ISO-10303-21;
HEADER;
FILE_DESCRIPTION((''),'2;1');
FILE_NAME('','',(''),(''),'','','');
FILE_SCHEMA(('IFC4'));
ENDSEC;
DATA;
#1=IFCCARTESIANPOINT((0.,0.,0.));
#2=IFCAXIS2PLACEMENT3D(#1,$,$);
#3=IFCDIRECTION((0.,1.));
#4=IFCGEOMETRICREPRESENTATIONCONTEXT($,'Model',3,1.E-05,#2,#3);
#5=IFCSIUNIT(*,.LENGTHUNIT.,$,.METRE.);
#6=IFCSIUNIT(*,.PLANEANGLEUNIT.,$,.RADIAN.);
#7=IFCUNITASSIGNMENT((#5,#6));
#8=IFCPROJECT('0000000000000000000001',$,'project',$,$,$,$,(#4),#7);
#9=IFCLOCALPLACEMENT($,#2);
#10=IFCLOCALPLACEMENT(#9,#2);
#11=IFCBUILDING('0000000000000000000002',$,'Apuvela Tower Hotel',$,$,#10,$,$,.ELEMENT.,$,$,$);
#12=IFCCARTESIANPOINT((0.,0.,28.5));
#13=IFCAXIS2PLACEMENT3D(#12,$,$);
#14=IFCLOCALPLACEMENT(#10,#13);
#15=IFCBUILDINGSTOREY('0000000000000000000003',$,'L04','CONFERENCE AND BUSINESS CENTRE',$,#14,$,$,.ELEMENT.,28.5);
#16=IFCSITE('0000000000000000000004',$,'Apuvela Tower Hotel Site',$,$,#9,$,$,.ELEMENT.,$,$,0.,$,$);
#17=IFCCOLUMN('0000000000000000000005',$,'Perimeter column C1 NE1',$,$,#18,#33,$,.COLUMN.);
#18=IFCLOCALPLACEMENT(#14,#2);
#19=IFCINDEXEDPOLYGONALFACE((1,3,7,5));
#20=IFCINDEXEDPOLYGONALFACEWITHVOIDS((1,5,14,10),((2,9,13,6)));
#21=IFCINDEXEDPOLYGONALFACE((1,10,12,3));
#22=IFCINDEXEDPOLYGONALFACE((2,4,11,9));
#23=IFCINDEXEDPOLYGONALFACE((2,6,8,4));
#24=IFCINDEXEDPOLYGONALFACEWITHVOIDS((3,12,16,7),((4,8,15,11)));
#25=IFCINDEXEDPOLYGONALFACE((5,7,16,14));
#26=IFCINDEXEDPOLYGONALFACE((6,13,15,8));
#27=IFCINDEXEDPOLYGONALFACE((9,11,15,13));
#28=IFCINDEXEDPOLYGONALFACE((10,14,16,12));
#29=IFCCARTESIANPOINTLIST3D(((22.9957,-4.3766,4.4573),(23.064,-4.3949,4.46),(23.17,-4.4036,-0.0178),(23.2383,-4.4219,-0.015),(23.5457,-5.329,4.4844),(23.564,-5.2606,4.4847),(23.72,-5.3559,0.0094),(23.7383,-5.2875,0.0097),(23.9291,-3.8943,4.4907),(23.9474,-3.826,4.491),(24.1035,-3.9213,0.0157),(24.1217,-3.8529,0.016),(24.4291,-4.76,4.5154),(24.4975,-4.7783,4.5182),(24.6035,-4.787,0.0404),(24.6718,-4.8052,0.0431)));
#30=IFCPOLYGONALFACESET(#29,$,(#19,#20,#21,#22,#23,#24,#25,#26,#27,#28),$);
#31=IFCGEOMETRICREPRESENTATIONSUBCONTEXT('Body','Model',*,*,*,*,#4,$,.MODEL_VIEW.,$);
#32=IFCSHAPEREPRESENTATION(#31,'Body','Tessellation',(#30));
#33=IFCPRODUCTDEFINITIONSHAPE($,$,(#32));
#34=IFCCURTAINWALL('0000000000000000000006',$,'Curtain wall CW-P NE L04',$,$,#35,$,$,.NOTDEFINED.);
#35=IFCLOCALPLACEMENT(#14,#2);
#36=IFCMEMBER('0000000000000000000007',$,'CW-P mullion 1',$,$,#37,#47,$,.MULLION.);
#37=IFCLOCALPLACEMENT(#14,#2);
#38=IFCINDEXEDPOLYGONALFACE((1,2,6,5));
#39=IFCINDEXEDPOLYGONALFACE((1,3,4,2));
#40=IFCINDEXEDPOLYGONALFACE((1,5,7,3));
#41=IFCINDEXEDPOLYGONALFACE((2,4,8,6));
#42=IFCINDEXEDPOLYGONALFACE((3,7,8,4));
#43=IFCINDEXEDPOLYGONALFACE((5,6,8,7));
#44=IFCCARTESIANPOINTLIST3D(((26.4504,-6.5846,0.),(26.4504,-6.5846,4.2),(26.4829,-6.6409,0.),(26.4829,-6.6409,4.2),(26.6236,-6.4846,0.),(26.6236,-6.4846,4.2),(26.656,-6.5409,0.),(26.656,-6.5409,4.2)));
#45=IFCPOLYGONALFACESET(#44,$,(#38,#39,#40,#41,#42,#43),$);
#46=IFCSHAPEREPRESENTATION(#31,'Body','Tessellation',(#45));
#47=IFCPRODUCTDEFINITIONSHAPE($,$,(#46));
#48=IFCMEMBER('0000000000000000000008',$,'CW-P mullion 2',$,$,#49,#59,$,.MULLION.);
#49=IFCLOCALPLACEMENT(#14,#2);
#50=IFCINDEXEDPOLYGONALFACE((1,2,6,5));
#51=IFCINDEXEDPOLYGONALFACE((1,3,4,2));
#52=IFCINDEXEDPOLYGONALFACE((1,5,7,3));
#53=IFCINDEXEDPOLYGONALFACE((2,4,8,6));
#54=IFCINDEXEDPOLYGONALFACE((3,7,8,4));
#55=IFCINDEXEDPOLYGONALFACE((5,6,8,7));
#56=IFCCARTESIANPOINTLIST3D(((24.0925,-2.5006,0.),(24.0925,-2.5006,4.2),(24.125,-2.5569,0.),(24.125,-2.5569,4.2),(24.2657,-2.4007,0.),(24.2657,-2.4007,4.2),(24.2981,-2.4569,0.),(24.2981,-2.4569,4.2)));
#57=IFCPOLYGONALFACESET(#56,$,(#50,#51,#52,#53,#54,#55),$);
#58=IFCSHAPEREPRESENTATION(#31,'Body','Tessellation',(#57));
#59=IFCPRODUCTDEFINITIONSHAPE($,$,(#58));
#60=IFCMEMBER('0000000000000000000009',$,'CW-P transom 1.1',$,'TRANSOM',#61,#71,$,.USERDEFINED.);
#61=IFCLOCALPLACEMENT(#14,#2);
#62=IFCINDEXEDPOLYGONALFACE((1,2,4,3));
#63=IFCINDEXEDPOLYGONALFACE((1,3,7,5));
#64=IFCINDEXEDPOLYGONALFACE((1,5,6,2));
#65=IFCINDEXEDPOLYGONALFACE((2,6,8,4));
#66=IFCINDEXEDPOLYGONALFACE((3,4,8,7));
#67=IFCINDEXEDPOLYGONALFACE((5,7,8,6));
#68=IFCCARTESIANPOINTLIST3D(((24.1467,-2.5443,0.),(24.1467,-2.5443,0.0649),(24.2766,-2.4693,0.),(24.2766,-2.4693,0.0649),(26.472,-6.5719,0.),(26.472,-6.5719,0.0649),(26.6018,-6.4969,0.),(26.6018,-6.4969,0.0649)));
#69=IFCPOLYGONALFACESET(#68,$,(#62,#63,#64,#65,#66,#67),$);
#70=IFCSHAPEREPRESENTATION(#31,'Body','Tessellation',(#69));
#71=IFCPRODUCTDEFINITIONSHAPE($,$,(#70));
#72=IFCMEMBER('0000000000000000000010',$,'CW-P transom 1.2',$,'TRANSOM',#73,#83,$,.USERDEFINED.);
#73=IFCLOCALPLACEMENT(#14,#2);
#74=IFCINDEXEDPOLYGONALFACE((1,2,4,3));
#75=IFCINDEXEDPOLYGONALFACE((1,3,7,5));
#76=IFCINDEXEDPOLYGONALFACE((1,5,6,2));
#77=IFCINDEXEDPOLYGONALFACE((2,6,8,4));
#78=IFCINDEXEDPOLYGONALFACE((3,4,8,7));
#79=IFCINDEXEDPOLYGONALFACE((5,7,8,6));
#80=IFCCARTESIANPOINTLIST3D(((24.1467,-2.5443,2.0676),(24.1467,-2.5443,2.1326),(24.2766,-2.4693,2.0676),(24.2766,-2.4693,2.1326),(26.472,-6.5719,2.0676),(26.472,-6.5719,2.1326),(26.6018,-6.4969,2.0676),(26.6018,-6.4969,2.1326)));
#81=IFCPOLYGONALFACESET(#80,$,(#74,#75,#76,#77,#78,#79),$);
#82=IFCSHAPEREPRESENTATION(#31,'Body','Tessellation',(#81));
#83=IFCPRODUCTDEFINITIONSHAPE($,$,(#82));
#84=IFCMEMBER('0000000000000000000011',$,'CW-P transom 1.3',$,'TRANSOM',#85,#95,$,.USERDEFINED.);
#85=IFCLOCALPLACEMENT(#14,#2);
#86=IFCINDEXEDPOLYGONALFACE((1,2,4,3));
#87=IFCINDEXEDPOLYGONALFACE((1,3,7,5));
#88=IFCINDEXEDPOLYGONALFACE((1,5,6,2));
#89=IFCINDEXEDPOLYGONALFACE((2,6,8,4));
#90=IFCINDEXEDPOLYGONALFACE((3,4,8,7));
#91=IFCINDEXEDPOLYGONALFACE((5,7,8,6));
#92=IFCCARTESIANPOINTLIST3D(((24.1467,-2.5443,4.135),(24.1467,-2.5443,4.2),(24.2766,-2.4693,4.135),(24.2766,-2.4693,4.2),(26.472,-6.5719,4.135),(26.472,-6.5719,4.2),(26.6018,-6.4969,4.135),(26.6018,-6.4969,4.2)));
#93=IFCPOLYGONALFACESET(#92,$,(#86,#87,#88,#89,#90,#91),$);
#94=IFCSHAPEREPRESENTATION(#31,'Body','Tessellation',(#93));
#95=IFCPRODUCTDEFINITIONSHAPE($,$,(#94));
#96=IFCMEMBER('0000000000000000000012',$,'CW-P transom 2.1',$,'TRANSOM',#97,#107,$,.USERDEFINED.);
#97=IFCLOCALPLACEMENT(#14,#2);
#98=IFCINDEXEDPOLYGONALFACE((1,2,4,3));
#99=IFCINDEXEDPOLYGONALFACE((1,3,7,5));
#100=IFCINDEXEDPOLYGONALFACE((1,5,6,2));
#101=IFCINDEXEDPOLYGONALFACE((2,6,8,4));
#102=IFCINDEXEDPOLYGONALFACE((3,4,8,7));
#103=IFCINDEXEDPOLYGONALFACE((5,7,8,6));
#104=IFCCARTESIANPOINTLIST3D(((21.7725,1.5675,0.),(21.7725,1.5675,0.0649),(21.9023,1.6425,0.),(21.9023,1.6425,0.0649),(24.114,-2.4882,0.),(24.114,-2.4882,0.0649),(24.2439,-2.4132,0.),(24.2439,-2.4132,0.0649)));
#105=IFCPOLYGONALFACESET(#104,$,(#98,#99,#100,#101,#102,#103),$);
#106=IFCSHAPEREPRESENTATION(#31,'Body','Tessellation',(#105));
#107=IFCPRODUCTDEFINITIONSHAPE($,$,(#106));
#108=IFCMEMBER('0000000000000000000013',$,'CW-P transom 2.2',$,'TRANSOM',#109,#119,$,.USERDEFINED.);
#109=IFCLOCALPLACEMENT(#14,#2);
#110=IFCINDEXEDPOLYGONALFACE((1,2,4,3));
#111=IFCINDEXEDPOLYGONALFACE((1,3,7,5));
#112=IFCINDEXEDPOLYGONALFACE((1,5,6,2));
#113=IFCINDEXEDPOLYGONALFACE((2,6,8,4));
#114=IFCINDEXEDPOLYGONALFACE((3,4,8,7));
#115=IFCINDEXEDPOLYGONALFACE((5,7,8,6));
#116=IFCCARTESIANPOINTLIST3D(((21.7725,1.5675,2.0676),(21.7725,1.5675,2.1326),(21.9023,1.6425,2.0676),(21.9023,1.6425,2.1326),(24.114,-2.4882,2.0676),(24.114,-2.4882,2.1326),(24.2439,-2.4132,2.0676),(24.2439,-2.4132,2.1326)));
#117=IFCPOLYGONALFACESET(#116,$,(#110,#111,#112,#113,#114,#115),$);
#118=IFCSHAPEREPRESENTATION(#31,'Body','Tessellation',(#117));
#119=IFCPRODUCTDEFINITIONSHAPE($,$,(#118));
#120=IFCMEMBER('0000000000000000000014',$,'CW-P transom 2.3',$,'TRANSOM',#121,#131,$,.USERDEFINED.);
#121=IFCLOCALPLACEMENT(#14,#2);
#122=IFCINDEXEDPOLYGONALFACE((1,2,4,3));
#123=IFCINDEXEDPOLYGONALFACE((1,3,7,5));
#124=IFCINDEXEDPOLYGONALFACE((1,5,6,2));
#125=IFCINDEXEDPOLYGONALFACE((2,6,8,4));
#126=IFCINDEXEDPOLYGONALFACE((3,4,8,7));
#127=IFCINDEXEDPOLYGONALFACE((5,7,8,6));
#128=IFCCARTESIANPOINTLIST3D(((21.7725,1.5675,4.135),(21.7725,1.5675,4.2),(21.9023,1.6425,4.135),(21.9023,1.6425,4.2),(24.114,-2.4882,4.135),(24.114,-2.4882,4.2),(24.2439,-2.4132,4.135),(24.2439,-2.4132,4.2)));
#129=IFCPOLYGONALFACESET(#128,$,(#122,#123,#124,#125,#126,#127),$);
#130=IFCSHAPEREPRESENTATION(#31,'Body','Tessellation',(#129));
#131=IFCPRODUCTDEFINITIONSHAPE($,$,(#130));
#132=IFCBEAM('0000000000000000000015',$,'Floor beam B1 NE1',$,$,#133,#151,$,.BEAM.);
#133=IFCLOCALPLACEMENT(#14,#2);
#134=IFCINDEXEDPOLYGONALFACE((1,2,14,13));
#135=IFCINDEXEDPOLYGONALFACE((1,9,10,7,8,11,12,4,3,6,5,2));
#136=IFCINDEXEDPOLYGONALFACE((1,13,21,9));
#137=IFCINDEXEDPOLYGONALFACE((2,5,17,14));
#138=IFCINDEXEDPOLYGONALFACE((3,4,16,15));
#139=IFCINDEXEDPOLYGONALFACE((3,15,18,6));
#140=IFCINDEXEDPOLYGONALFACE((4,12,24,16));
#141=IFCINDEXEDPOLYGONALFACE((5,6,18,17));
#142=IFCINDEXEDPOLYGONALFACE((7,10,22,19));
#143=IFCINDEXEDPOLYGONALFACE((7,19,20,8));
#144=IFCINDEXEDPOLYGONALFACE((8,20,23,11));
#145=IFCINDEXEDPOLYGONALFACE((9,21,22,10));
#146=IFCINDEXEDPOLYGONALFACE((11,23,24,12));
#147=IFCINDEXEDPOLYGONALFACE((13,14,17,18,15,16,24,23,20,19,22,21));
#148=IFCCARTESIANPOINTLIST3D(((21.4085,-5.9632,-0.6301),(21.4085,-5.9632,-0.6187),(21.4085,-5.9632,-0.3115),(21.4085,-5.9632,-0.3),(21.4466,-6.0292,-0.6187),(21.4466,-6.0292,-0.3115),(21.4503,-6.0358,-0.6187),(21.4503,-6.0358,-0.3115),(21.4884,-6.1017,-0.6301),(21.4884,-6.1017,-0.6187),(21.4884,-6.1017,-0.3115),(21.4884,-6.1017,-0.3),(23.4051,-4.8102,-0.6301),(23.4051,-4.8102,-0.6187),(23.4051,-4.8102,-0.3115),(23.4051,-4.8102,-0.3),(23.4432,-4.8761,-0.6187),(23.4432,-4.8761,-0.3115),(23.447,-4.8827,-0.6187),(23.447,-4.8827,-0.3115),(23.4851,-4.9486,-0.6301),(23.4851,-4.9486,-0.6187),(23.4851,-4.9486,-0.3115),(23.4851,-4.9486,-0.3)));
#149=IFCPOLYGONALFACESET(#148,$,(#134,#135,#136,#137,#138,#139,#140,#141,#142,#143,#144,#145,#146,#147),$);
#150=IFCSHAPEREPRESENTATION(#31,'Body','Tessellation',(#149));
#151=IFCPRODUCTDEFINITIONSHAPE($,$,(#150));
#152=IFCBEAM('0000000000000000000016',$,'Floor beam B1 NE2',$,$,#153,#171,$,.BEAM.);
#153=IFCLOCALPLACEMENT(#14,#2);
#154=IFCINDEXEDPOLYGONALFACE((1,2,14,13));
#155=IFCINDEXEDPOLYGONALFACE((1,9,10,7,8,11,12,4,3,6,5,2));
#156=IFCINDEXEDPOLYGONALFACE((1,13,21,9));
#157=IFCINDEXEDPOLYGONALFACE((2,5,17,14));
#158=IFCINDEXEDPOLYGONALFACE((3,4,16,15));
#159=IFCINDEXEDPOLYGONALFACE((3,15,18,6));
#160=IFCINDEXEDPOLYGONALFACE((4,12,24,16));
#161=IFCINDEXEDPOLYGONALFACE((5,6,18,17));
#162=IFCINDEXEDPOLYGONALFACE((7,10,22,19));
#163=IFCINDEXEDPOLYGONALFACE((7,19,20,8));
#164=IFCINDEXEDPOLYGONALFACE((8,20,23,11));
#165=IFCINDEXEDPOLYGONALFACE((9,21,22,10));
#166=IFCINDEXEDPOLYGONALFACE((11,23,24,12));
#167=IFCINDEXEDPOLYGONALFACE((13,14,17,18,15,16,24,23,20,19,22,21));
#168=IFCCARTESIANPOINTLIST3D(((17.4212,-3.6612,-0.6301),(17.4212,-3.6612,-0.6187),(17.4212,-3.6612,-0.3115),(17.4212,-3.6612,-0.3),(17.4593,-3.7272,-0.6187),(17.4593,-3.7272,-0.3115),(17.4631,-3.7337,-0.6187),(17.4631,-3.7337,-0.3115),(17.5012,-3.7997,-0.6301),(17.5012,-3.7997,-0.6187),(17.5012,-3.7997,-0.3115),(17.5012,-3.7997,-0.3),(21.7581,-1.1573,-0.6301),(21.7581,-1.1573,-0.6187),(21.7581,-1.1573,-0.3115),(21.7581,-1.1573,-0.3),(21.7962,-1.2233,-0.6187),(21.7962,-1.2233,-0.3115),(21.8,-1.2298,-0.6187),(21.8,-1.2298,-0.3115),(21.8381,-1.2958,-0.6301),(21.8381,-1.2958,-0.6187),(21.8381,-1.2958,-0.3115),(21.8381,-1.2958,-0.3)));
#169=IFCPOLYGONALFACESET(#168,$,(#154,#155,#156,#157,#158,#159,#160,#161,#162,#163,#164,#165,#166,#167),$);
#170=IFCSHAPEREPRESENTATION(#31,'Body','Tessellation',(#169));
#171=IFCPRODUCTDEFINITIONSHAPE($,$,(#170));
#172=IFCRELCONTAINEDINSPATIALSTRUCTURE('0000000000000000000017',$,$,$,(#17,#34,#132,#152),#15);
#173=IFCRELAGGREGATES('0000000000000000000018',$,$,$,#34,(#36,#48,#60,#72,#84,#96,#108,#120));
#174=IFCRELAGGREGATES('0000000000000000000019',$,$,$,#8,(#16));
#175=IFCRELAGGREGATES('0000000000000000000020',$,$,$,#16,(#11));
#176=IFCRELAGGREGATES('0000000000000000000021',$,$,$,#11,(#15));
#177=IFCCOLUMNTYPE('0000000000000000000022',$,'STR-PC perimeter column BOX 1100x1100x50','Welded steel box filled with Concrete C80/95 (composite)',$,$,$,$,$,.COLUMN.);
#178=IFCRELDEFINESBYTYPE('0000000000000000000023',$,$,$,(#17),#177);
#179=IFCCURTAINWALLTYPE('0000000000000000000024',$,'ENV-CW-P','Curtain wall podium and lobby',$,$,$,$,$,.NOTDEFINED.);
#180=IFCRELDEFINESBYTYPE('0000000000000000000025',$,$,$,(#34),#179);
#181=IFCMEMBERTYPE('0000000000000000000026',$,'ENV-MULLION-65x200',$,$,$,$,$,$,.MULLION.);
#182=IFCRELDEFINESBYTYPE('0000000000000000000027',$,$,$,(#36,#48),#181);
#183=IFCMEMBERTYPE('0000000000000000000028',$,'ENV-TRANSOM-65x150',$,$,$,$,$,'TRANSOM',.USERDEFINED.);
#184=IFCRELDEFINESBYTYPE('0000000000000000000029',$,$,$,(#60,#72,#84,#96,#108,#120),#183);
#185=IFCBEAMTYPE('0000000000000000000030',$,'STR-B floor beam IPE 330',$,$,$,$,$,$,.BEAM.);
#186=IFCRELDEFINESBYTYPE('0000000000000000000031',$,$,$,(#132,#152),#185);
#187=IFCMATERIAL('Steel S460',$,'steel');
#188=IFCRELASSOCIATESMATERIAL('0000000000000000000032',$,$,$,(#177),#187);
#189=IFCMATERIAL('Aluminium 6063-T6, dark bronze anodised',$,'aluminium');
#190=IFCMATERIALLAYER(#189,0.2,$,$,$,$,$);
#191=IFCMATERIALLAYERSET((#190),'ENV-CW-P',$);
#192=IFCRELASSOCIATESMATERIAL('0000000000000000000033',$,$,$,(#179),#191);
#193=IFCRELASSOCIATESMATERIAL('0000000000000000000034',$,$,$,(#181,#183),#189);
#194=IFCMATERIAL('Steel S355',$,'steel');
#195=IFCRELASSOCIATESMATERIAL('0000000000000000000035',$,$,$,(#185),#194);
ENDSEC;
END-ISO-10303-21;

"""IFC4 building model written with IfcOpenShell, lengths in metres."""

from ifc_helpers import new_model, si_unit, direction, frame, origin, origin_2d, place, context, subcontext, project, spatial, rectangle, hollow_rectangle, i_section, extrude, boolean, halfspace, material, layer, layer_set, material_profile, profile_set, type_object, element, aggregate, save


model = new_model("IFC4")

# Units and contexts
model_context = context("Model", 3, precision=1e-05, world=origin(), true_north=direction((0.0, 1.0)))
body_context = subcontext(model_context, "Body", "Model", "MODEL_VIEW")
ifc_project = project(units=[si_unit("LENGTHUNIT", "METRE"), si_unit("PLANEANGLEUNIT", "RADIAN")], contexts=[model_context])

# Site, building, storey
site_placement = place(None, origin())
site = spatial("IfcSite", under=ifc_project, at=site_placement, Name="Apuvela Tower Hotel Site", CompositionType="ELEMENT", RefElevation=0.0)
building_placement = place(site_placement, origin())
building = spatial("IfcBuilding", under=site, at=building_placement, Name="Apuvela Tower Hotel", CompositionType="ELEMENT")
storey_placement = place(building_placement, frame((0.0, 0.0, 28.5)))
storey = spatial("IfcBuildingStorey", under=building, at=storey_placement, Name="L04", Description="CONFERENCE AND BUSINESS CENTRE", CompositionType="ELEMENT", Elevation=28.5)

# Column
ifc_material_1 = material(Name="Steel S460", Category="steel")
ifc_material_profile_1 = material_profile(ifc_material_1, hollow_rectangle(XDim=1.1001, YDim=1.1001, WallThickness=0.05, at=origin_2d()), Name="BOX 1100x1100x50")
ifc_material_2 = material(Name="Concrete C80/95", Category="concrete")
ifc_material_profile_2 = material_profile(ifc_material_2, rectangle(XDim=1.0, YDim=1.0, at=origin_2d()), Name="Concrete C80/95 infill")
ifc_profile_set_1 = profile_set([ifc_material_profile_1, ifc_material_profile_2], Name="Steel S460")
column_type = type_object("IfcColumnType", Name="STR-PC perimeter column BOX 1100x1100x50", Description="Welded steel box filled with Concrete C80/95 (composite)", PredefinedType="COLUMN", material=ifc_profile_set_1)
column_placement = place(storey_placement, frame((23.9214, -4.6045, 0.0), z_axis=(-0.038924, 0.006017, 0.999224), x_axis=(0.500001, -0.865673, 0.02469)))
element("IfcColumn", 1, at=column_placement, inside=storey, type_object=column_type, Name="Perimeter column C1 NE1", PredefinedType="COLUMN", context=body_context, shape_type="SweptSolid", body=[
    boolean("DIFFERENCE", boolean("DIFFERENCE", extrude(hollow_rectangle(XDim=1.1001, YDim=1.1001, WallThickness=0.05, at=origin_2d()), origin(), (0.0, 0.0, 1.0), 4.5034), halfspace(frame((0.0, 0.0, 0.0127), z_axis=(0.0, 0.0, 1.0), x_axis=(1.0, 0.0, 0.0)), True)), halfspace(frame((0.0, 0.0, 4.4912), z_axis=(0.0, 0.0, 1.0), x_axis=(1.0, 0.0, 0.0)), False)),
])

# Curtain wall, members
ifc_material_3 = material(Name="Aluminium 6063-T6, dark bronze anodised", Category="aluminium")
ifc_layer_1 = layer(ifc_material_3, 0.2)
ifc_layer_set_1 = layer_set([ifc_layer_1], Name="ENV-CW-P")
curtain_wall_type = type_object("IfcCurtainWallType", Name="ENV-CW-P", Description="Curtain wall podium and lobby", PredefinedType="NOTDEFINED", material=ifc_layer_set_1)
curtain_wall_placement = place(storey_placement, origin())
curtain_wall = element("IfcCurtainWall", 2, at=curtain_wall_placement, inside=storey, type_object=curtain_wall_type, Name="Curtain wall CW-P NE L04", PredefinedType="NOTDEFINED")
ifc_material_profile_3 = material_profile(ifc_material_3, rectangle(XDim=0.2, YDim=0.0649, at=origin_2d()), Name="AL 65x200")
ifc_profile_set_2 = profile_set([ifc_material_profile_3], Name="Aluminium 6063-T6, dark bronze anodised")
member_type_1 = type_object("IfcMemberType", Name="ENV-MULLION-65x200", PredefinedType="MULLION", material=ifc_profile_set_2)
member_1_placement = place(storey_placement, frame((26.5532, -6.5627, 0.0), z_axis=(0.0, 0.0, 1.0), x_axis=(-0.866024, -0.500002, 0.0)))
member_1 = element("IfcMember", 3, at=member_1_placement, type_object=member_type_1, Name="CW-P mullion 1", PredefinedType="MULLION", context=body_context, shape_type="SweptSolid", body=[
    extrude(rectangle(XDim=0.2, YDim=0.0649, at=origin_2d()), origin(), (0.0, 0.0, 1.0), 4.2),
])
member_2_placement = place(storey_placement, frame((24.1953, -2.4788, 0.0), z_axis=(0.0, 0.0, 1.0), x_axis=(-0.866024, -0.500002, 0.0)))
member_2 = element("IfcMember", 4, at=member_2_placement, type_object=member_type_1, Name="CW-P mullion 2", PredefinedType="MULLION", context=body_context, shape_type="SweptSolid", body=[
    extrude(rectangle(XDim=0.2, YDim=0.0649, at=origin_2d()), origin(), (0.0, 0.0, 1.0), 4.2),
])
ifc_material_profile_4 = material_profile(ifc_material_3, rectangle(XDim=0.1499, YDim=0.0649, at=origin_2d()), Name="AL 65x150 transom")
ifc_profile_set_3 = profile_set([ifc_material_profile_4], Name="Aluminium 6063-T6, dark bronze anodised")
member_type_2 = type_object("IfcMemberType", Name="ENV-TRANSOM-65x150", ElementType="TRANSOM", PredefinedType="USERDEFINED", material=ifc_profile_set_3)
member_3_placement = place(storey_placement, frame((26.5369, -6.5344, 0.0325), z_axis=(-0.499978, 0.866038, 0.0), x_axis=(-0.866038, -0.499978, 0.0)))
member_3 = element("IfcMember", 5, at=member_3_placement, type_object=member_type_2, Name="CW-P transom 1.1", ObjectType="TRANSOM", PredefinedType="USERDEFINED", context=body_context, shape_type="SweptSolid", body=[
    extrude(rectangle(XDim=0.1499, YDim=0.0649, at=origin_2d()), origin(), (0.0, 0.0, 1.0), 4.6506),
])
member_4_placement = place(storey_placement, frame((26.5369, -6.5344, 2.1001), z_axis=(-0.499978, 0.866038, 0.0), x_axis=(-0.866038, -0.499978, 0.0)))
member_4 = element("IfcMember", 6, at=member_4_placement, type_object=member_type_2, Name="CW-P transom 1.2", ObjectType="TRANSOM", PredefinedType="USERDEFINED", context=body_context, shape_type="SweptSolid", body=[
    extrude(rectangle(XDim=0.1499, YDim=0.0649, at=origin_2d()), origin(), (0.0, 0.0, 1.0), 4.6506),
])
member_5_placement = place(storey_placement, frame((26.5369, -6.5344, 4.1675), z_axis=(-0.499978, 0.866038, 0.0), x_axis=(-0.866038, -0.499978, 0.0)))
member_5 = element("IfcMember", 7, at=member_5_placement, type_object=member_type_2, Name="CW-P transom 1.3", ObjectType="TRANSOM", PredefinedType="USERDEFINED", context=body_context, shape_type="SweptSolid", body=[
    extrude(rectangle(XDim=0.1499, YDim=0.0649, at=origin_2d()), origin(), (0.0, 0.0, 1.0), 4.6506),
])
member_6_placement = place(storey_placement, frame((24.179, -2.4507, 0.0325), z_axis=(-0.500002, 0.866024, 0.0), x_axis=(-0.866024, -0.500002, 0.0)))
member_6 = element("IfcMember", 8, at=member_6_placement, type_object=member_type_2, Name="CW-P transom 2.1", ObjectType="TRANSOM", PredefinedType="USERDEFINED", context=body_context, shape_type="SweptSolid", body=[
    extrude(rectangle(XDim=0.1499, YDim=0.0649, at=origin_2d()), origin(), (0.0, 0.0, 1.0), 4.6831),
])
member_7_placement = place(storey_placement, frame((24.179, -2.4507, 2.1001), z_axis=(-0.500002, 0.866024, 0.0), x_axis=(-0.866024, -0.500002, 0.0)))
member_7 = element("IfcMember", 9, at=member_7_placement, type_object=member_type_2, Name="CW-P transom 2.2", ObjectType="TRANSOM", PredefinedType="USERDEFINED", context=body_context, shape_type="SweptSolid", body=[
    extrude(rectangle(XDim=0.1499, YDim=0.0649, at=origin_2d()), origin(), (0.0, 0.0, 1.0), 4.6831),
])
member_8_placement = place(storey_placement, frame((24.179, -2.4507, 4.1675), z_axis=(-0.500002, 0.866024, 0.0), x_axis=(-0.866024, -0.500002, 0.0)))
member_8 = element("IfcMember", 10, at=member_8_placement, type_object=member_type_2, Name="CW-P transom 2.3", ObjectType="TRANSOM", PredefinedType="USERDEFINED", context=body_context, shape_type="SweptSolid", body=[
    extrude(rectangle(XDim=0.1499, YDim=0.0649, at=origin_2d()), origin(), (0.0, 0.0, 1.0), 4.6831),
])

# Beams
ifc_material_4 = material(Name="Steel S355", Category="steel")
ifc_material_profile_5 = material_profile(ifc_material_4, i_section(OverallWidth=0.1599, OverallDepth=0.3301, WebThickness=0.0076, FlangeThickness=0.0115, at=origin_2d()), Name="IPE 330")
ifc_profile_set_4 = profile_set([ifc_material_profile_5], Name="Steel S355")
beam_type_1 = type_object("IfcBeamType", Name="STR-B floor beam IPE 330", PredefinedType="BEAM", material=ifc_profile_set_4)
beam_1_placement = place(storey_placement, frame((23.4451, -4.8794, -0.4651), z_axis=(-0.86596, -0.500114, 0.0), x_axis=(0.500114, -0.86596, 0.0)))
element("IfcBeam", 11, at=beam_1_placement, inside=storey, type_object=beam_type_1, Name="Floor beam B1 NE1", PredefinedType="BEAM", context=body_context, shape_type="SweptSolid", body=[
    extrude(i_section(OverallWidth=0.1599, OverallDepth=0.3301, WebThickness=0.0076, FlangeThickness=0.0115, at=origin_2d()), origin(), (0.0, 0.0, 1.0), 2.3057),
])
beam_2_placement = place(storey_placement, frame((21.7981, -1.2266, -0.4651), z_axis=(-0.866026, -0.499998, 0.0), x_axis=(0.499998, -0.866026, 0.0)))
element("IfcBeam", 12, at=beam_2_placement, inside=storey, type_object=beam_type_1, Name="Floor beam B1 NE2", PredefinedType="BEAM", context=body_context, shape_type="SweptSolid", body=[
    extrude(i_section(OverallWidth=0.1599, OverallDepth=0.3301, WebThickness=0.0076, FlangeThickness=0.0115, at=origin_2d()), origin(), (0.0, 0.0, 1.0), 5.0078),
])

aggregate(curtain_wall, [member_1, member_2, member_3, member_4, member_5, member_6, member_7, member_8])

save(model, "model.ifc")
